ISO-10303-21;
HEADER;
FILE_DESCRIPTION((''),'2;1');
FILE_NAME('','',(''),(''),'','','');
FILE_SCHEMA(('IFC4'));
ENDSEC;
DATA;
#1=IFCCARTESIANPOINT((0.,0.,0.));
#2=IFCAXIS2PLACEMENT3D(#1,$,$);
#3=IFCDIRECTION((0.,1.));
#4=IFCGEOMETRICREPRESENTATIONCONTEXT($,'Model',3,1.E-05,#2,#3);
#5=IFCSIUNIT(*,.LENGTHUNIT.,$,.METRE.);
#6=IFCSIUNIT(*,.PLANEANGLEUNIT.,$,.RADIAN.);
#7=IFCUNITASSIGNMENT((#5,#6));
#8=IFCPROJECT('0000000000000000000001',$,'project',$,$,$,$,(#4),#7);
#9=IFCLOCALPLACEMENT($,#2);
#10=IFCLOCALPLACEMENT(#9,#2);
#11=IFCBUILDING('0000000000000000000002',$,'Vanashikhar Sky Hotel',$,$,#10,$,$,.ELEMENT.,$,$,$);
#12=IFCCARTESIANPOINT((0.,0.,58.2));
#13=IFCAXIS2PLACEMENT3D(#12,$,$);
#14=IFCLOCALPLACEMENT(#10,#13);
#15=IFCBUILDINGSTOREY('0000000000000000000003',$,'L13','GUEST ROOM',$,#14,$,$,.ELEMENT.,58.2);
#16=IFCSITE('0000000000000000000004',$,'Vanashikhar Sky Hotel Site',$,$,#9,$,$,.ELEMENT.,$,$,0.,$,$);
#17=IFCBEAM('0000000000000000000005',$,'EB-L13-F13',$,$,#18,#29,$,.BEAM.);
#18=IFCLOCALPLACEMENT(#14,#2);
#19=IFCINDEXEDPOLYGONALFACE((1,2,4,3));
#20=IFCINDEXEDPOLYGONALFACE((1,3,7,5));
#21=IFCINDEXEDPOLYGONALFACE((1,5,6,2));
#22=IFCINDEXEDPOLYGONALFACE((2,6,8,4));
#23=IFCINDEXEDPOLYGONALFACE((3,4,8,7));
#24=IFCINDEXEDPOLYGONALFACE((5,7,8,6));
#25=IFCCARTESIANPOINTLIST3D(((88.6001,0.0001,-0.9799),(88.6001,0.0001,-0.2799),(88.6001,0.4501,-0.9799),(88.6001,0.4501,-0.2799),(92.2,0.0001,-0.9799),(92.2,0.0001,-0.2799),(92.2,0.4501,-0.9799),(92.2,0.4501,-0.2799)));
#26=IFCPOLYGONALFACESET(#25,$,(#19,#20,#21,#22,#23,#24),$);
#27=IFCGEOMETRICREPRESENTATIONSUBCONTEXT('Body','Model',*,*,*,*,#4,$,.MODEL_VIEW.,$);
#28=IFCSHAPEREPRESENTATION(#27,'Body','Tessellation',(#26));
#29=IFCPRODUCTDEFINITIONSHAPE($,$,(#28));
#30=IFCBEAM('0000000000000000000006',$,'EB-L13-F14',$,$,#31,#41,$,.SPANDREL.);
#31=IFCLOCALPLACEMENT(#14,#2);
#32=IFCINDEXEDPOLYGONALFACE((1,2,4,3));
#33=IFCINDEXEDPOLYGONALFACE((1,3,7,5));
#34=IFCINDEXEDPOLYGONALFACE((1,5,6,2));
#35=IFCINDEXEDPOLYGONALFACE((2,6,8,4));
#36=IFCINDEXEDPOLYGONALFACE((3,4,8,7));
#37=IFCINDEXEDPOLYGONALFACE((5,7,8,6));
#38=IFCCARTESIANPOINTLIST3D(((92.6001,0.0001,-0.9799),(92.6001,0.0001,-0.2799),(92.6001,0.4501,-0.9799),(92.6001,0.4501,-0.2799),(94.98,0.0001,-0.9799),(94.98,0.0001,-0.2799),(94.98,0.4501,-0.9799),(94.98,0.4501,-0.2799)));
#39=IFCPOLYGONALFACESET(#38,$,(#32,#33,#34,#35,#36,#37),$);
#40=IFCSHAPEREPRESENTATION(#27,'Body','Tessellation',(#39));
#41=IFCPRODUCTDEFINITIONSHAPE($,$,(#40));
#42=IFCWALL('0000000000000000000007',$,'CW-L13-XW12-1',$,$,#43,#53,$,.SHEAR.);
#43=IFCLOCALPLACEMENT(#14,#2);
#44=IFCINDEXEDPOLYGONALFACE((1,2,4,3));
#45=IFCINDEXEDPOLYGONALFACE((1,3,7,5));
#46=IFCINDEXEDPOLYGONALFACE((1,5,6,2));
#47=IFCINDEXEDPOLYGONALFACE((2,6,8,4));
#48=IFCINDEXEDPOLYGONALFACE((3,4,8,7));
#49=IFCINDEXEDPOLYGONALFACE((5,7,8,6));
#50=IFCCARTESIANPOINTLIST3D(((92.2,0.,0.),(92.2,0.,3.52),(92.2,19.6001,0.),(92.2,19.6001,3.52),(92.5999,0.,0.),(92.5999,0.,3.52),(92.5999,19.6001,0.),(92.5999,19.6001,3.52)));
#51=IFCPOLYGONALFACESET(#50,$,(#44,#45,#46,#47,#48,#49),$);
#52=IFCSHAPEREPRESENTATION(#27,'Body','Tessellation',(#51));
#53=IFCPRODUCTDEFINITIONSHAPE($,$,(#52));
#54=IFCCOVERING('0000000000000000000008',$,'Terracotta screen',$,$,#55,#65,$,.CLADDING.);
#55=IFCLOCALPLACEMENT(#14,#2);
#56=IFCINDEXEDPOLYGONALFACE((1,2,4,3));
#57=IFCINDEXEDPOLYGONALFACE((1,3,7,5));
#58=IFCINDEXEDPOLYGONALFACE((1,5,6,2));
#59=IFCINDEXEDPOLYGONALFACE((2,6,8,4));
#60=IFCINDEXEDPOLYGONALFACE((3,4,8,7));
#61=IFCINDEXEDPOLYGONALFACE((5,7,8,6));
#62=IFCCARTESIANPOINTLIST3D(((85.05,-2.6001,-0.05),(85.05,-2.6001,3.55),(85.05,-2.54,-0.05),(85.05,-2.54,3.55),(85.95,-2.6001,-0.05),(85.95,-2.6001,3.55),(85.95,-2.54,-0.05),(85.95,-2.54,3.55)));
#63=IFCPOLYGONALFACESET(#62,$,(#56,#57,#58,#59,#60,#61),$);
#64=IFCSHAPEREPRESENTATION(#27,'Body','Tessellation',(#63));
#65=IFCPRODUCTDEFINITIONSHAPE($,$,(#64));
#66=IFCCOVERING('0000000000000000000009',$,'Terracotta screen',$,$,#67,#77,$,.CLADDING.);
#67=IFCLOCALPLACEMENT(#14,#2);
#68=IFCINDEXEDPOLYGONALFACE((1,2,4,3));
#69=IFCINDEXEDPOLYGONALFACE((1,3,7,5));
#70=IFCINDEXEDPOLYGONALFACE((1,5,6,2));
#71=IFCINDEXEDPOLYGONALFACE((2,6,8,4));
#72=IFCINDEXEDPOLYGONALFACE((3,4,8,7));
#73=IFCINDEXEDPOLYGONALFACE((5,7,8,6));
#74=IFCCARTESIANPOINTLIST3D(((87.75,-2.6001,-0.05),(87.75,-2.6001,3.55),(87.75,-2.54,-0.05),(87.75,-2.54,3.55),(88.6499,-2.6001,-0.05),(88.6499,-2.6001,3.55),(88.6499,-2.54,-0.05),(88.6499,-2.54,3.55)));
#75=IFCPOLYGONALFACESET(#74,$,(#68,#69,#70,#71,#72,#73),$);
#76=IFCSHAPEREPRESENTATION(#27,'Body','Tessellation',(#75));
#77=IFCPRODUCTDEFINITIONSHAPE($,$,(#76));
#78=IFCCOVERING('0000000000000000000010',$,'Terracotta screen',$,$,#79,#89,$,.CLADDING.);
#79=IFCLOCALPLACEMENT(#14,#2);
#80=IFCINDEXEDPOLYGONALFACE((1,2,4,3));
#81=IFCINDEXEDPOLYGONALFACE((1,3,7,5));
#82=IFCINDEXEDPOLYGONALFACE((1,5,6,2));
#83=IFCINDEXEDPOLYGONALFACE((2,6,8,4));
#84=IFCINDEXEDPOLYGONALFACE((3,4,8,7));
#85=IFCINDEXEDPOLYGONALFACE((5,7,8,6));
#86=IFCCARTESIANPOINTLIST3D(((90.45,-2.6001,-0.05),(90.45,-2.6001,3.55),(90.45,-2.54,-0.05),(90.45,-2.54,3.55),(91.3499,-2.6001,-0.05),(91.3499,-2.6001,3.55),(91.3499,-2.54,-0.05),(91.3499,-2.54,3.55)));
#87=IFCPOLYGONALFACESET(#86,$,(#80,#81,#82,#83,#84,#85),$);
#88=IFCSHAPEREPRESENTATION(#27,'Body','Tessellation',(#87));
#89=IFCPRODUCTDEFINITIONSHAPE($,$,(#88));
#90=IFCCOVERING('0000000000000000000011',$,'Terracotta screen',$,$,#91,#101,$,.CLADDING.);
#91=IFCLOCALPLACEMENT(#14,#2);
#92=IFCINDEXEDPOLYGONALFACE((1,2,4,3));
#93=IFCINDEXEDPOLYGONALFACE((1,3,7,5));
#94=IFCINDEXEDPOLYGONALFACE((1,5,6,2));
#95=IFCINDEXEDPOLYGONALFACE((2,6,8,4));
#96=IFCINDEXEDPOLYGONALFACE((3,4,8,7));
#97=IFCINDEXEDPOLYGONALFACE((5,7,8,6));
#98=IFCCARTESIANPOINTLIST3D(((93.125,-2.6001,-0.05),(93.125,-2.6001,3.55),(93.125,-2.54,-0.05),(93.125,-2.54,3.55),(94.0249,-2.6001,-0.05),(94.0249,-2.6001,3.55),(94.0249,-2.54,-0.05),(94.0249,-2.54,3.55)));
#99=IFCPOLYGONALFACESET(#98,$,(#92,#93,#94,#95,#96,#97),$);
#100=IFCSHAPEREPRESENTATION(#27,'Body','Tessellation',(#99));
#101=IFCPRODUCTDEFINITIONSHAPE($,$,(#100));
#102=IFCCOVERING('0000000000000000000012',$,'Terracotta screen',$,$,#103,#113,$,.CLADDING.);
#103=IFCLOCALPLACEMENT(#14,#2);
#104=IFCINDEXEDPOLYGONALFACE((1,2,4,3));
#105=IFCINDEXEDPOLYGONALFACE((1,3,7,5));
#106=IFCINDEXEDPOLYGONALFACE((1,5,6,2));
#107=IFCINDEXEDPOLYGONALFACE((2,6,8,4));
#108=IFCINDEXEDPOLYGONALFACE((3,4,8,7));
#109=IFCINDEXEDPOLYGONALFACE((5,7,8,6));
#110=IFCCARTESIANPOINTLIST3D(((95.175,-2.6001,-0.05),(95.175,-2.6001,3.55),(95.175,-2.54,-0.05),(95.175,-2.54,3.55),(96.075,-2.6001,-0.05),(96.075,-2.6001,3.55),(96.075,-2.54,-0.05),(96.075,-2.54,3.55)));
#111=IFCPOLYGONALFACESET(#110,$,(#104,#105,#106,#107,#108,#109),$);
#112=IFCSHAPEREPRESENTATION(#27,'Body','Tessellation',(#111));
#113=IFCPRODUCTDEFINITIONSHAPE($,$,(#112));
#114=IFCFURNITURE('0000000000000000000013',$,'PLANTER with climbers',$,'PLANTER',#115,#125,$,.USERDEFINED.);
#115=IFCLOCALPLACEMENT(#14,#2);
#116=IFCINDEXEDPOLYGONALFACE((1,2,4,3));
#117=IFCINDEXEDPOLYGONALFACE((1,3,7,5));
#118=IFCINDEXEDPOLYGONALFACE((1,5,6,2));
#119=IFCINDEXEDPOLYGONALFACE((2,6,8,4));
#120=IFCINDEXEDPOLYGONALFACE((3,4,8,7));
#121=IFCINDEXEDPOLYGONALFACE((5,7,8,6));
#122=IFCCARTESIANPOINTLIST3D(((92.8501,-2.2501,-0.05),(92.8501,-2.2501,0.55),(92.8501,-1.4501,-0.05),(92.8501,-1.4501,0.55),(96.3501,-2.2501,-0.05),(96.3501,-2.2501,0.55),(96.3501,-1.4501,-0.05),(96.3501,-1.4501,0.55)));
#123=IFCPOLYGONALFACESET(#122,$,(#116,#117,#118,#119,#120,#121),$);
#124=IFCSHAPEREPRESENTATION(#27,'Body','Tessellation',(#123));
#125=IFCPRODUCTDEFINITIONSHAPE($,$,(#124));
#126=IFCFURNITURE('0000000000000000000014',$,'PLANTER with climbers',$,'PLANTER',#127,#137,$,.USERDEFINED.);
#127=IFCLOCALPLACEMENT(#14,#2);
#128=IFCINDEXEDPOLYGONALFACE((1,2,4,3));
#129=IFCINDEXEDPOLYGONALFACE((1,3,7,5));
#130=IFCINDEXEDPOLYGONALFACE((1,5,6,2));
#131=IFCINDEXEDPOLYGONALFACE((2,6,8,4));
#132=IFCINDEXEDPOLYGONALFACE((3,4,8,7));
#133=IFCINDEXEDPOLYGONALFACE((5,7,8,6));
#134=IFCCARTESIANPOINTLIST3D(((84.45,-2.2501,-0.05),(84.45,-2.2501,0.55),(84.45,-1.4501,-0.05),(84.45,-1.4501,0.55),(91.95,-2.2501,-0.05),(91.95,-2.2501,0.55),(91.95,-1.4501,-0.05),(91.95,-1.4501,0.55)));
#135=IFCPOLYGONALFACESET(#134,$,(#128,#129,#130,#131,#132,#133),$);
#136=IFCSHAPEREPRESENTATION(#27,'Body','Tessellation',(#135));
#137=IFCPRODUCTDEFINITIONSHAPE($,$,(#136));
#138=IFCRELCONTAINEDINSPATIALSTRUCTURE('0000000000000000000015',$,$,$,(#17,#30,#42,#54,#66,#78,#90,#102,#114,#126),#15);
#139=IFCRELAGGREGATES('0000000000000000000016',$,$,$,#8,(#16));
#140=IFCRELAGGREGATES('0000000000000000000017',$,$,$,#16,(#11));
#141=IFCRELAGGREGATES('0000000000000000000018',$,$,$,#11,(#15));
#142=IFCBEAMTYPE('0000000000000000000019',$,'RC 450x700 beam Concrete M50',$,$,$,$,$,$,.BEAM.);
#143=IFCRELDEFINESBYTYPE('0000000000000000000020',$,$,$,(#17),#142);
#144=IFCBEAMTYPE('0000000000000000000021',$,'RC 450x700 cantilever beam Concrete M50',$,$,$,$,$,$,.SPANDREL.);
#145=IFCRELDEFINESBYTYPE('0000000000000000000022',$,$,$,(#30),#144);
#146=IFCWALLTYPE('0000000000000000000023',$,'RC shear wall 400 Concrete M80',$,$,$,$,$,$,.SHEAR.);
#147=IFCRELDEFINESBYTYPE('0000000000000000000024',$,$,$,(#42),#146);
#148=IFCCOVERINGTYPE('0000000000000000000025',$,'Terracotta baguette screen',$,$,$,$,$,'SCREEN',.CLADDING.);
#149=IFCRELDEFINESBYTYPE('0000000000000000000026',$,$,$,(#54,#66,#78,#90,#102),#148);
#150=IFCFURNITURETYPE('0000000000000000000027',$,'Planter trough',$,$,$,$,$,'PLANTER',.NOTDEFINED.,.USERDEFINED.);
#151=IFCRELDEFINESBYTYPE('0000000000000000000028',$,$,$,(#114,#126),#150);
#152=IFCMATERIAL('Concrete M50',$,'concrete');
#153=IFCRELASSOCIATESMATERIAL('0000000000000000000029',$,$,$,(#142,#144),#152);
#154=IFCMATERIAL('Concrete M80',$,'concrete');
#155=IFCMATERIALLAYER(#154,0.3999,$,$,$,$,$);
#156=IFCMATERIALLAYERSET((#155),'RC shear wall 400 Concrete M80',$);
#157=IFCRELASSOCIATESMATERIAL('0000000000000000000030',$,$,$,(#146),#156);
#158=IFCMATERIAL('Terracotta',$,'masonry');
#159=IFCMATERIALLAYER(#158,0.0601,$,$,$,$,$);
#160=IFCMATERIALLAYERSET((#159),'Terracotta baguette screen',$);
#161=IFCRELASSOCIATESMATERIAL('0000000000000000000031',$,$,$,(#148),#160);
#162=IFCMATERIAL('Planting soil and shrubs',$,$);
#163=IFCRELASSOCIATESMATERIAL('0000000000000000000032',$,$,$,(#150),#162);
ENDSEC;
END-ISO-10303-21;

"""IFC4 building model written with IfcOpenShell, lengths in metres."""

from ifc_helpers import new_model, si_unit, direction, frame, frame_2d, origin, origin_2d, place, context, subcontext, project, spatial, rectangle, extrude, source, transform, mapped, material, layer, layer_set, material_profile, profile_set, type_object, element, save


model = new_model("IFC4")

# Units and contexts
model_context = context("Model", 3, precision=1e-05, world=origin(), true_north=direction((0.0, 1.0)))
body_context = subcontext(model_context, "Body", "Model", "MODEL_VIEW")
ifc_project = project(units=[si_unit("LENGTHUNIT", "METRE"), si_unit("PLANEANGLEUNIT", "RADIAN")], contexts=[model_context])

# Site, building, storey
site_placement = place(None, origin())
site = spatial("IfcSite", under=ifc_project, at=site_placement, Name="Vanashikhar Sky Hotel Site", CompositionType="ELEMENT", RefElevation=0.0)
building_placement = place(site_placement, origin())
building = spatial("IfcBuilding", under=site, at=building_placement, Name="Vanashikhar Sky Hotel", CompositionType="ELEMENT")
storey_placement = place(building_placement, frame((0.0, 0.0, 58.2)))
storey = spatial("IfcBuildingStorey", under=building, at=storey_placement, Name="L13", Description="GUEST ROOM", CompositionType="ELEMENT", Elevation=58.2)

# Beams
ifc_material_1 = material(Name="Concrete M50", Category="concrete")
ifc_material_profile_1 = material_profile(ifc_material_1, rectangle(XDim=0.45, YDim=0.7, at=origin_2d()))
ifc_profile_set_1 = profile_set([ifc_material_profile_1], Name="RC 450x700 beam Concrete M50")
beam_type_1 = type_object("IfcBeamType", Name="RC 450x700 beam Concrete M50", PredefinedType="BEAM", material=ifc_profile_set_1)
shared_shape_1 = source(origin(), body_context, "Body", "SweptSolid", [
    extrude(rectangle(XDim=0.45, YDim=0.7, at=origin_2d()), origin(), (0.0, 0.0, 1.0), 3.5999),
])
beam_1_placement = place(storey_placement, frame((88.6001, 0.2251, -0.6299), z_axis=(1.0, 0.0, 0.0), x_axis=(0.0, 1.0, 0.0)))
element("IfcBeam", 1, at=beam_1_placement, inside=storey, type_object=beam_type_1, Name="EB-L13-F13", PredefinedType="BEAM", context=body_context, shape_type="MappedRepresentation", body=[
    mapped(shared_shape_1, transform((0.0, 0.0, 0.0), scale=1.0)),
])
ifc_material_profile_2 = material_profile(ifc_material_1, rectangle(XDim=0.45, YDim=0.7, at=origin_2d()))
ifc_profile_set_2 = profile_set([ifc_material_profile_2], Name="RC 450x700 cantilever beam Concrete M50")
beam_type_2 = type_object("IfcBeamType", Name="RC 450x700 cantilever beam Concrete M50", PredefinedType="SPANDREL", material=ifc_profile_set_2)
shared_shape_2 = source(origin(), body_context, "Body", "SweptSolid", [
    extrude(rectangle(XDim=0.45, YDim=0.7, at=origin_2d()), origin(), (0.0, 0.0, 1.0), 2.3799),
])
beam_2_placement = place(storey_placement, frame((92.6001, 0.2251, -0.6299), z_axis=(1.0, 0.0, 0.0), x_axis=(0.0, 1.0, 0.0)))
element("IfcBeam", 2, at=beam_2_placement, inside=storey, type_object=beam_type_2, Name="EB-L13-F14", PredefinedType="SPANDREL", context=body_context, shape_type="MappedRepresentation", body=[
    mapped(shared_shape_2, transform((0.0, 0.0, 0.0), scale=1.0)),
])

# Wall
ifc_material_2 = material(Name="Concrete M80", Category="concrete")
ifc_layer_1 = layer(ifc_material_2, 0.3999)
ifc_layer_set_1 = layer_set([ifc_layer_1], Name="RC shear wall 400 Concrete M80")
wall_type_1 = type_object("IfcWallType", Name="RC shear wall 400 Concrete M80", PredefinedType="SHEAR", material=ifc_layer_set_1)
shared_shape_3 = source(origin(), body_context, "Body", "SweptSolid", [
    extrude(rectangle(XDim=19.6001, YDim=0.3999, at=frame_2d((9.8, 0.0))), origin(), (0.0, 0.0, 1.0), 3.52),
])
wall_1_placement = place(storey_placement, frame((92.3999, 0.0, 0.0), z_axis=(0.0, 0.0, 1.0), x_axis=(0.0, 1.0, 0.0)))
element("IfcWall", 3, at=wall_1_placement, inside=storey, type_object=wall_type_1, Name="CW-L13-XW12-1", PredefinedType="SHEAR", context=body_context, shape_type="MappedRepresentation", body=[
    mapped(shared_shape_3, transform((0.0, 0.0, 0.0), scale=1.0)),
])

# Coverings
ifc_material_3 = material(Name="Terracotta", Category="masonry")
ifc_layer_2 = layer(ifc_material_3, 0.0601)
ifc_layer_set_2 = layer_set([ifc_layer_2], Name="Terracotta baguette screen")
covering_type = type_object("IfcCoveringType", Name="Terracotta baguette screen", ElementType="SCREEN", PredefinedType="CLADDING", material=ifc_layer_set_2)
shared_shape_4 = source(origin(), body_context, "Body", "SweptSolid", [
    extrude(rectangle(XDim=0.8999, YDim=0.0601, at=origin_2d()), origin(), (0.0, 0.0, 1.0), 3.6001),
])
for number, where, z_axis, x_axis, name in (
    (4, (85.5, -2.5701, -0.05), (0.0, 0.0, 1.0), (1.0, 0.0, 0.0), "Terracotta screen"),
    (5, (88.2, -2.5701, -0.05), (0.0, 0.0, 1.0), (1.0, 0.0, 0.0), "Terracotta screen"),
    (6, (90.8999, -2.5701, -0.05), (0.0, 0.0, 1.0), (1.0, 0.0, 0.0), "Terracotta screen"),
    (7, (93.575, -2.5701, -0.05), (0.0, 0.0, 1.0), (1.0, 0.0, 0.0), "Terracotta screen"),
    (8, (95.625, -2.5701, -0.05), (0.0, 0.0, 1.0), (1.0, 0.0, 0.0), "Terracotta screen"),
):
    element("IfcCovering", number, at=place(storey_placement, frame(where, z_axis=z_axis, x_axis=x_axis)), inside=storey, type_object=covering_type, Name=name, PredefinedType="CLADDING", context=body_context, shape_type="MappedRepresentation", body=[
        mapped(shared_shape_4, transform((0.0, 0.0, 0.0), scale=1.0)),
    ])

# Furniture
ifc_material_4 = material(Name="Planting soil and shrubs")
furniture_type = type_object("IfcFurnitureType", Name="Planter trough", ElementType="PLANTER", AssemblyPlace="NOTDEFINED", PredefinedType="USERDEFINED", material=ifc_material_4)
shared_shape_5 = source(origin(), body_context, "Body", "SweptSolid", [
    extrude(rectangle(XDim=3.5, YDim=0.8, at=origin_2d()), origin(), (0.0, 0.0, 1.0), 0.6001),
])
furniture_1_placement = place(storey_placement, frame((94.6001, -1.8501, -0.05), z_axis=(0.0, 0.0, 1.0), x_axis=(1.0, 0.0, 0.0)))
element("IfcFurniture", 9, at=furniture_1_placement, inside=storey, type_object=furniture_type, Name="PLANTER with climbers", ObjectType="PLANTER", PredefinedType="USERDEFINED", context=body_context, shape_type="MappedRepresentation", body=[
    mapped(shared_shape_5, transform((0.0, 0.0, 0.0), scale=1.0)),
])
shared_shape_6 = source(origin(), body_context, "Body", "SweptSolid", [
    extrude(rectangle(XDim=7.5, YDim=0.8, at=origin_2d()), origin(), (0.0, 0.0, 1.0), 0.6001),
])
furniture_2_placement = place(storey_placement, frame((88.2, -1.8501, -0.05), z_axis=(0.0, 0.0, 1.0), x_axis=(1.0, 0.0, 0.0)))
element("IfcFurniture", 10, at=furniture_2_placement, inside=storey, type_object=furniture_type, Name="PLANTER with climbers", ObjectType="PLANTER", PredefinedType="USERDEFINED", context=body_context, shape_type="MappedRepresentation", body=[
    mapped(shared_shape_6, transform((0.0, 0.0, 0.0), scale=1.0)),
])

save(model, "model.ifc")
